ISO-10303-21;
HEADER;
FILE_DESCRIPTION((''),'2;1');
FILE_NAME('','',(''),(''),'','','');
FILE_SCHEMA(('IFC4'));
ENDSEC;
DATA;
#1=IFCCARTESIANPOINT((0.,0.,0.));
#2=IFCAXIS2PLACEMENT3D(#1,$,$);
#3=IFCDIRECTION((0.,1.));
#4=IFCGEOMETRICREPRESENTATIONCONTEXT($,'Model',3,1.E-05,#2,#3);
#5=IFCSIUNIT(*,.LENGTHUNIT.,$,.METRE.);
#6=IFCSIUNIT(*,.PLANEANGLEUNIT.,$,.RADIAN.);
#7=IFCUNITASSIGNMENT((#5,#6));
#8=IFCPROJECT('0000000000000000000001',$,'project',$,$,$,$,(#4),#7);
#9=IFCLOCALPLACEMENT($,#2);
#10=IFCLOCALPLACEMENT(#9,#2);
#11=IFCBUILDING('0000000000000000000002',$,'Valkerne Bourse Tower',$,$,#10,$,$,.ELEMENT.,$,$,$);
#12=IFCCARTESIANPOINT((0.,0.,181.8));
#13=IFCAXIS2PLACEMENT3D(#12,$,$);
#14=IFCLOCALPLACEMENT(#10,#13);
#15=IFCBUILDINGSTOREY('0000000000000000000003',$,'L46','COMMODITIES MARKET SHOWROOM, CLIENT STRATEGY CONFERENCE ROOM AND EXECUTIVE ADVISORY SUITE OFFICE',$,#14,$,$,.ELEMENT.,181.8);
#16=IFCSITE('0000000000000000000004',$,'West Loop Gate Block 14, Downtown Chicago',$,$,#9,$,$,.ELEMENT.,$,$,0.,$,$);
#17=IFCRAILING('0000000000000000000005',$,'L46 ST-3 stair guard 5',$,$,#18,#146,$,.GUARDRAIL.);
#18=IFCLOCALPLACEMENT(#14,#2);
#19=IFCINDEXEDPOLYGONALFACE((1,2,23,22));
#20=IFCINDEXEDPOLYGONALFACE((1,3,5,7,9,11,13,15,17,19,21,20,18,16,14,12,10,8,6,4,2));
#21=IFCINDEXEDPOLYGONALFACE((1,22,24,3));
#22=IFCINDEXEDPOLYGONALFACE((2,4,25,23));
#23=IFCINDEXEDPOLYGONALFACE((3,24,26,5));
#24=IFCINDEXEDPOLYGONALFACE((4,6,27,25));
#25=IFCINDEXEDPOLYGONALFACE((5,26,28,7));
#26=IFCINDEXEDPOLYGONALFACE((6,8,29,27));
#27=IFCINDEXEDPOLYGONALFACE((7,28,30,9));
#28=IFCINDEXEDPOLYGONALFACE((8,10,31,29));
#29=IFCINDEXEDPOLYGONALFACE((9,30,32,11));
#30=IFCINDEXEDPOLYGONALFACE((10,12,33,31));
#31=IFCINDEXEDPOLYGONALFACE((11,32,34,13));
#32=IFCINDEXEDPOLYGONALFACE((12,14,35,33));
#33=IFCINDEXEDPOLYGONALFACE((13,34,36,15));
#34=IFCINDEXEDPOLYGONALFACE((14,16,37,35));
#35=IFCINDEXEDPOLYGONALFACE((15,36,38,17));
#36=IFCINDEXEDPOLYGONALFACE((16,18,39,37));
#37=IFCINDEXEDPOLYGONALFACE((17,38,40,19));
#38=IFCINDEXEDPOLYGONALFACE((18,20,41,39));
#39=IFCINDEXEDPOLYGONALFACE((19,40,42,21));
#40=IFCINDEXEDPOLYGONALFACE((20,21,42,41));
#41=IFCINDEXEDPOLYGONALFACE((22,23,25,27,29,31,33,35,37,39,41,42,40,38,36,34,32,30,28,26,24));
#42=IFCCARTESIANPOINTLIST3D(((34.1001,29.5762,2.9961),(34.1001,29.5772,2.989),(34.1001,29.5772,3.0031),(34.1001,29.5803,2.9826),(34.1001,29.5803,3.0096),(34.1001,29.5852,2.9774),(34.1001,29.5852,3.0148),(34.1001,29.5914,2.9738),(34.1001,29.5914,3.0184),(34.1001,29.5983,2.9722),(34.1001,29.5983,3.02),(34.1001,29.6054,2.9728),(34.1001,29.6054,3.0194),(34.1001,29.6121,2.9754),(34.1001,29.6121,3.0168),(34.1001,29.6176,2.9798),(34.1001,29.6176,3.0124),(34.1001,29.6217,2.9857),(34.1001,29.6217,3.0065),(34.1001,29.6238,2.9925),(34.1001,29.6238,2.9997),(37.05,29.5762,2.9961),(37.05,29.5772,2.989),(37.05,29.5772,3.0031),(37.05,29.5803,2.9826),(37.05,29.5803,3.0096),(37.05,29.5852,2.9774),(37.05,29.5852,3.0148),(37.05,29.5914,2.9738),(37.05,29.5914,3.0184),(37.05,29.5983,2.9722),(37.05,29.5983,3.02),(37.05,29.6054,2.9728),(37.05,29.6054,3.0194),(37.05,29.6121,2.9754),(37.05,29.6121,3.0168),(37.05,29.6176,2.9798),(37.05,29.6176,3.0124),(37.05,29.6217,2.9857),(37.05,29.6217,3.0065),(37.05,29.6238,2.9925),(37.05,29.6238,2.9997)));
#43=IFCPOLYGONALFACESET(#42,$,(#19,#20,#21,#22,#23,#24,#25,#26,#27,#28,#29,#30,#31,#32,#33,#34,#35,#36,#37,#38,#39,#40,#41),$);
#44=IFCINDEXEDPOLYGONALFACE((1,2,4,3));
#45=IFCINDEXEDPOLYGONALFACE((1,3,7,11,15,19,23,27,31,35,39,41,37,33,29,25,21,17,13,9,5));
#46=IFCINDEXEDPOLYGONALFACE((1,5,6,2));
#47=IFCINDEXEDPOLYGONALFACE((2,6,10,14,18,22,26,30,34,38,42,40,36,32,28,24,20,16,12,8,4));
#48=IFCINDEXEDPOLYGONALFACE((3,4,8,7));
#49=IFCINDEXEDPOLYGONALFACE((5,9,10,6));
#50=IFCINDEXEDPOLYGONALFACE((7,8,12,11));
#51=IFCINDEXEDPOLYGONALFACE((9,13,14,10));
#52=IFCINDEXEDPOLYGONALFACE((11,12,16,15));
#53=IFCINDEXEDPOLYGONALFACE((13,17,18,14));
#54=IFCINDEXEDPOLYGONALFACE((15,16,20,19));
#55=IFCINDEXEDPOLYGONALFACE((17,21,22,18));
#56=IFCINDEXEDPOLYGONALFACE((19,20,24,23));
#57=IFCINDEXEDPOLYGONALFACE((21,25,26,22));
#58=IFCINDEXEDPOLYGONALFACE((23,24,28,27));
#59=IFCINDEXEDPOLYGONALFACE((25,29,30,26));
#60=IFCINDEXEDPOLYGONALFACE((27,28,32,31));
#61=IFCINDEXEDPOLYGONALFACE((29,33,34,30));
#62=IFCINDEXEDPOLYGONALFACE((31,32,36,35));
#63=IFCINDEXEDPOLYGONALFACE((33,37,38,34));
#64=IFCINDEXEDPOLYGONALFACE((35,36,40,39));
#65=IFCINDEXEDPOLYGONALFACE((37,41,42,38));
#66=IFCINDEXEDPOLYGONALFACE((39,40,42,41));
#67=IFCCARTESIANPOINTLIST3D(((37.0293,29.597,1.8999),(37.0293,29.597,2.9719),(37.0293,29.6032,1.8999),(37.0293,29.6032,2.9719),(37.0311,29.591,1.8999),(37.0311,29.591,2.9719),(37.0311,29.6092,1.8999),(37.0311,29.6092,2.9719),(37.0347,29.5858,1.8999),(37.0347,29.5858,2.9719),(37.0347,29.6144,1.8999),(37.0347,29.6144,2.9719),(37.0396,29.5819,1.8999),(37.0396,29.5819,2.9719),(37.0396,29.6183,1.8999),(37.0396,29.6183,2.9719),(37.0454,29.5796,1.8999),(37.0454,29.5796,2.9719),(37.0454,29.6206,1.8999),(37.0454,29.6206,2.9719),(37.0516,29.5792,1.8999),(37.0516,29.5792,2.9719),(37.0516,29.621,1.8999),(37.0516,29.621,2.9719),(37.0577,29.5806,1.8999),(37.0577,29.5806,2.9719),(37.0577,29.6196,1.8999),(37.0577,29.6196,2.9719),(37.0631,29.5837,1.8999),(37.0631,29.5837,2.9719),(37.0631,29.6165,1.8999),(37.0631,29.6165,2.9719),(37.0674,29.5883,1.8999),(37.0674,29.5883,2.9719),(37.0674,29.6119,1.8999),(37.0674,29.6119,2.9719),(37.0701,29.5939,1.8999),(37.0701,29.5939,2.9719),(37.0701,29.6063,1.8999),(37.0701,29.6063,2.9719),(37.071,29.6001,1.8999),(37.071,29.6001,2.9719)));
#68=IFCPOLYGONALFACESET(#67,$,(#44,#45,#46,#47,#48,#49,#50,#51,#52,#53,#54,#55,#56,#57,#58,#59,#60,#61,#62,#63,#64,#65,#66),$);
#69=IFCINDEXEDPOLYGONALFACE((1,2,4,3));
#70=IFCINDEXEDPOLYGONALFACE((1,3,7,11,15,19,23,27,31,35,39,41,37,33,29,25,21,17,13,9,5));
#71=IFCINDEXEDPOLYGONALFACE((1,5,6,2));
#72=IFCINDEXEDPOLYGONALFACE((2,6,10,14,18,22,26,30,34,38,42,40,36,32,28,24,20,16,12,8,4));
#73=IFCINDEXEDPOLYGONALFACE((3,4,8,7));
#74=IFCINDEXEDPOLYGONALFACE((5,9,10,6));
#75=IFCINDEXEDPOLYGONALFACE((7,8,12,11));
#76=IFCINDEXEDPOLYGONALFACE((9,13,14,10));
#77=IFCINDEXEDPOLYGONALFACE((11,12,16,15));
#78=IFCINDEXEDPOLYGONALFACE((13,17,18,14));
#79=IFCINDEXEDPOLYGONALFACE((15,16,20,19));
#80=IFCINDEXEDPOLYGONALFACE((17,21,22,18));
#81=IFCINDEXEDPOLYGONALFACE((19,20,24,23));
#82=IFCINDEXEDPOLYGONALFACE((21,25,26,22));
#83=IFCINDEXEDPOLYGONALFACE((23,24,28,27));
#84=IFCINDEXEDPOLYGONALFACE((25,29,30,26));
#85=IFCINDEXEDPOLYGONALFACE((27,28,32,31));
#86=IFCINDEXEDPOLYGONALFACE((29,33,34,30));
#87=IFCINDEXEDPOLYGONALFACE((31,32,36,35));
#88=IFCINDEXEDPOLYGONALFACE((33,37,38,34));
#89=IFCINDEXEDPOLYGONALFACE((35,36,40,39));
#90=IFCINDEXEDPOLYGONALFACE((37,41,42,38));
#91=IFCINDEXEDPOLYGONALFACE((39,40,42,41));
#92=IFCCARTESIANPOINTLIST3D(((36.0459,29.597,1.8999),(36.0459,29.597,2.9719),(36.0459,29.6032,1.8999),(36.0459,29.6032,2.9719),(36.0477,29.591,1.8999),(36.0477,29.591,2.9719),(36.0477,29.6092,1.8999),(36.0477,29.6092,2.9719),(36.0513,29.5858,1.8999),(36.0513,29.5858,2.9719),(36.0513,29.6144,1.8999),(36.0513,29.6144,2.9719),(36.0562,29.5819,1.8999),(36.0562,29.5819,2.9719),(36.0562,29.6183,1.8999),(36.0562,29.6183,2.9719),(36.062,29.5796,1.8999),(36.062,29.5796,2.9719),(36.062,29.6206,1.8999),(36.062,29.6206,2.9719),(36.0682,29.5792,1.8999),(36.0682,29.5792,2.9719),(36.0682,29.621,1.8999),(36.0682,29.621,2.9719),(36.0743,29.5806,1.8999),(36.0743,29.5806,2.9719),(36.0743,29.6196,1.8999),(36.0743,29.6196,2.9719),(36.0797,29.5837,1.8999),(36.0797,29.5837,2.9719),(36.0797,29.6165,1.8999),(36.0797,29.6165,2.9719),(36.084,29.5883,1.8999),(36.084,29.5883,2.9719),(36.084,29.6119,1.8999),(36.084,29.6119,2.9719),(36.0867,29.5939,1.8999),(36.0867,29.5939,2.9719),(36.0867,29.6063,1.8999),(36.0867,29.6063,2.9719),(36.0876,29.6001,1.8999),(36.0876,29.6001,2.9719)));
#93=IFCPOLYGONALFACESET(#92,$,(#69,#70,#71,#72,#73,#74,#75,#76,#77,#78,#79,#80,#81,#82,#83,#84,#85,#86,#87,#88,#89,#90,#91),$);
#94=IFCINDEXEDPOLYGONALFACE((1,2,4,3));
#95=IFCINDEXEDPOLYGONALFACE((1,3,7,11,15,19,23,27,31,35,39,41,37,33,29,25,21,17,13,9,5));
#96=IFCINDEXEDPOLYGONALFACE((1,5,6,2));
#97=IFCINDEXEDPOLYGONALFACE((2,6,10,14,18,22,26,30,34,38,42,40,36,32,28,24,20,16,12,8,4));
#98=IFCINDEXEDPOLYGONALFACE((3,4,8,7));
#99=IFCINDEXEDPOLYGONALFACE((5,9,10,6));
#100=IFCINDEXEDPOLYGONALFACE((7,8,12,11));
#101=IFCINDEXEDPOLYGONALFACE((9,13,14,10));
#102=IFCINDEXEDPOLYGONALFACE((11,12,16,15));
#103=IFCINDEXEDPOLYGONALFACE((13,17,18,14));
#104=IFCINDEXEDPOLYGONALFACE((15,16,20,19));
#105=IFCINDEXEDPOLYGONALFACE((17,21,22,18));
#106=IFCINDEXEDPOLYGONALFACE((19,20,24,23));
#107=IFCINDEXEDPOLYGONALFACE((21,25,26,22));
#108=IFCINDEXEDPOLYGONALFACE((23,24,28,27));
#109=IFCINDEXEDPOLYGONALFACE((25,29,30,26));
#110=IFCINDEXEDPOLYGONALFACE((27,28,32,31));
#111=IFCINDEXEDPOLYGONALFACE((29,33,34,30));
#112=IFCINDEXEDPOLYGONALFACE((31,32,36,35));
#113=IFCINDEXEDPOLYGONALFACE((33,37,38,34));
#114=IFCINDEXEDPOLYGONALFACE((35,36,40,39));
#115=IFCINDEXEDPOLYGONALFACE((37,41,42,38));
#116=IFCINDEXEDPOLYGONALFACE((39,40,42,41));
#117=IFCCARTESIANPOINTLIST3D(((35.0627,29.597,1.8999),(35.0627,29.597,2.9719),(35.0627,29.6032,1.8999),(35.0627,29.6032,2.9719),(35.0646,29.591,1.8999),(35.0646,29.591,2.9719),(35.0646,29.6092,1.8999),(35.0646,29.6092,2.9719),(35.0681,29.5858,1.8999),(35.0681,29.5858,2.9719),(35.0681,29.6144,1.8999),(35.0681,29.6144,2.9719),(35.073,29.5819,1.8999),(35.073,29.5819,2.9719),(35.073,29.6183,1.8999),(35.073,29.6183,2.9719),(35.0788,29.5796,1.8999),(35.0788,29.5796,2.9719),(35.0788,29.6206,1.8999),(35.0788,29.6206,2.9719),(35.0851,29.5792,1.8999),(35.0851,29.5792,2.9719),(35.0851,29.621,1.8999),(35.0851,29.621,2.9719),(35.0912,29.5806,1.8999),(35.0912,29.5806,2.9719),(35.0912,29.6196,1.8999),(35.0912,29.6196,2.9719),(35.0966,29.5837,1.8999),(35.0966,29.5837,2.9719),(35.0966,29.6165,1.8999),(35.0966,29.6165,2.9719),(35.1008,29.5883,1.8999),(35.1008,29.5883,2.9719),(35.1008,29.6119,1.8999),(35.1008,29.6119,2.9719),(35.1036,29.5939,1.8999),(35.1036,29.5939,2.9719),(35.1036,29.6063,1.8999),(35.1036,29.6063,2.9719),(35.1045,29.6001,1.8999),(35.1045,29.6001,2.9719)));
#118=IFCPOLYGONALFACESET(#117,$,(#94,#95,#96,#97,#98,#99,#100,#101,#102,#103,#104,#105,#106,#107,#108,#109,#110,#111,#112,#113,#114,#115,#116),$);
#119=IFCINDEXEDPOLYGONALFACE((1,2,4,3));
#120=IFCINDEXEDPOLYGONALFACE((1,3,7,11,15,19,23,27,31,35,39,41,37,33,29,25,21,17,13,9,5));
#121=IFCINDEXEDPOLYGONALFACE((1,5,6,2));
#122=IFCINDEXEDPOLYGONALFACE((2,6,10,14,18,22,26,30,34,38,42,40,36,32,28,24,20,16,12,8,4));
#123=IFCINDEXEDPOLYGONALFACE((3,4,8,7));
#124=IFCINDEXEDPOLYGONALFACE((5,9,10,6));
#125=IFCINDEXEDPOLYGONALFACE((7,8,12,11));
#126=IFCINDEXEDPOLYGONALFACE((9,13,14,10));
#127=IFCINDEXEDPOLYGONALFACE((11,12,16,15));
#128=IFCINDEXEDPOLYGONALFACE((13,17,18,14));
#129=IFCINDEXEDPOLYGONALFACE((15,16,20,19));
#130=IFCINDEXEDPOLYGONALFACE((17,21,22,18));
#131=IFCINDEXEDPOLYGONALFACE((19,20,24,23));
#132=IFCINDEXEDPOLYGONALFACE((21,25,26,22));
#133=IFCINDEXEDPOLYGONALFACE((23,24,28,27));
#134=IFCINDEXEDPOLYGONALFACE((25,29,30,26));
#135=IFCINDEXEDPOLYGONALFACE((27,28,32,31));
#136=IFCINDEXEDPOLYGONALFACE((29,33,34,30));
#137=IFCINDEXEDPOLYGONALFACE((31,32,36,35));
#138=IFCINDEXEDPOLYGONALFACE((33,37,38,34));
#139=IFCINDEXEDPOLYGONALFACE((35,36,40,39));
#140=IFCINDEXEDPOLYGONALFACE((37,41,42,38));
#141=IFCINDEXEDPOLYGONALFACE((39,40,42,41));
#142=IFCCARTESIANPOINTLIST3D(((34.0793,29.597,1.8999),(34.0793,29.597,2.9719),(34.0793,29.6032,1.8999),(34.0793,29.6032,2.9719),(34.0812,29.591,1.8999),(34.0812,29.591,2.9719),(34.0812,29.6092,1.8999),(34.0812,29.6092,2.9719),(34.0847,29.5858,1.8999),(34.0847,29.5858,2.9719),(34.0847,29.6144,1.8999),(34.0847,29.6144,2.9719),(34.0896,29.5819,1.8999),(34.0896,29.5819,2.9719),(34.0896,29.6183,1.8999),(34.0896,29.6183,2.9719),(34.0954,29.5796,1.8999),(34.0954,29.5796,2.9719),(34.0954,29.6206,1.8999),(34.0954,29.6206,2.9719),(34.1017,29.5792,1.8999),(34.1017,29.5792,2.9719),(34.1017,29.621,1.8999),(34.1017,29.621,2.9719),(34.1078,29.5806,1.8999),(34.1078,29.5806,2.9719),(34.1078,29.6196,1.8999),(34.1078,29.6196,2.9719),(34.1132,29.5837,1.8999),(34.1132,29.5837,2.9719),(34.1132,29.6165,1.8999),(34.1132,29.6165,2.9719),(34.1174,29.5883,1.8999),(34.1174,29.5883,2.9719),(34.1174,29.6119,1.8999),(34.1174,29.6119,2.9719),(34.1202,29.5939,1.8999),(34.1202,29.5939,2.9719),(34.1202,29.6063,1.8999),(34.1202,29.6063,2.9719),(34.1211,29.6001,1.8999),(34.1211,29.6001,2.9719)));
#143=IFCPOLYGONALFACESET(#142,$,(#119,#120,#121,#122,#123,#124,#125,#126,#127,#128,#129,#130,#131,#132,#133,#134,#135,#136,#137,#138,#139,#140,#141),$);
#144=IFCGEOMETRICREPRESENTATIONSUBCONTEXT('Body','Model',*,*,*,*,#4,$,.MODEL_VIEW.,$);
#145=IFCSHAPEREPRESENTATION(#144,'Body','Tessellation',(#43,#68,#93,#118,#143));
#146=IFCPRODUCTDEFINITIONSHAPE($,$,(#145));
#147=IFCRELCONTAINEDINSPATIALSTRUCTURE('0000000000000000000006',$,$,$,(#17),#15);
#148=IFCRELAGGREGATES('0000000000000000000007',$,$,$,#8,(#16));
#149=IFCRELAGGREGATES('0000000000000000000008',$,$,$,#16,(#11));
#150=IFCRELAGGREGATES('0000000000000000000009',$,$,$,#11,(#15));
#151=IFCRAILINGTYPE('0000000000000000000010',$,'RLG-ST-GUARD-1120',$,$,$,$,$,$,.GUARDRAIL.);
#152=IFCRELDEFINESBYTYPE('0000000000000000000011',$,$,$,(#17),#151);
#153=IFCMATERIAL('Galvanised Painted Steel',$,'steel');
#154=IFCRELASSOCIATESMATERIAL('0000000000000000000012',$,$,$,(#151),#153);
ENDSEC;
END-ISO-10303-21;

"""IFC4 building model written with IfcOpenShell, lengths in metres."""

from ifc_helpers import new_model, si_unit, direction, frame, origin, origin_2d, place, context, subcontext, project, spatial, circle, extrude, material, type_object, element, save


model = new_model("IFC4")

# Units and contexts
model_context = context("Model", 3, precision=1e-05, world=origin(), true_north=direction((0.0, 1.0)))
body_context = subcontext(model_context, "Body", "Model", "MODEL_VIEW")
ifc_project = project(units=[si_unit("LENGTHUNIT", "METRE"), si_unit("PLANEANGLEUNIT", "RADIAN")], contexts=[model_context])

# Site, building, storey
site_placement = place(None, origin())
site = spatial("IfcSite", under=ifc_project, at=site_placement, Name="West Loop Gate Block 14, Downtown Chicago", CompositionType="ELEMENT", RefElevation=0.0)
building_placement = place(site_placement, origin())
building = spatial("IfcBuilding", under=site, at=building_placement, Name="Valkerne Bourse Tower", CompositionType="ELEMENT")
storey_placement = place(building_placement, frame((0.0, 0.0, 181.8)))
storey = spatial("IfcBuildingStorey", under=building, at=storey_placement, Name="L46", Description="COMMODITIES MARKET SHOWROOM, CLIENT STRATEGY CONFERENCE ROOM AND EXECUTIVE ADVISORY SUITE OFFICE", CompositionType="ELEMENT", Elevation=181.8)

# Railing
ifc_material_1 = material(Name="Galvanised Painted Steel", Category="steel")
railing_type_1 = type_object("IfcRailingType", Name="RLG-ST-GUARD-1120", PredefinedType="GUARDRAIL", material=ifc_material_1)
railing_1_placement = place(storey_placement, frame((37.05, 29.6001, 1.8999)))
element("IfcRailing", 1, at=railing_1_placement, inside=storey, type_object=railing_type_1, Name="L46 ST-3 stair guard 5", PredefinedType="GUARDRAIL", context=body_context, shape_type="SweptSolid", body=[
    extrude(circle(Radius=0.0239, at=origin_2d()), frame((0.0, 0.0, 1.0962), z_axis=(-1.0, 0.0, 0.0), x_axis=(0.0, -1.0, 0.0)), (0.0, 0.0, 1.0), 2.95),
    extrude(circle(Radius=0.021, at=origin_2d()), origin(), (0.0, 0.0, 1.0), 1.072),
    extrude(circle(Radius=0.021, at=origin_2d()), frame((-0.9834, 0.0, 0.0)), (0.0, 0.0, 1.0), 1.072),
    extrude(circle(Radius=0.021, at=origin_2d()), frame((-1.9666, 0.0, 0.0)), (0.0, 0.0, 1.0), 1.072),
    extrude(circle(Radius=0.021, at=origin_2d()), frame((-2.95, 0.0, 0.0)), (0.0, 0.0, 1.0), 1.072),
])

save(model, "model.ifc")
